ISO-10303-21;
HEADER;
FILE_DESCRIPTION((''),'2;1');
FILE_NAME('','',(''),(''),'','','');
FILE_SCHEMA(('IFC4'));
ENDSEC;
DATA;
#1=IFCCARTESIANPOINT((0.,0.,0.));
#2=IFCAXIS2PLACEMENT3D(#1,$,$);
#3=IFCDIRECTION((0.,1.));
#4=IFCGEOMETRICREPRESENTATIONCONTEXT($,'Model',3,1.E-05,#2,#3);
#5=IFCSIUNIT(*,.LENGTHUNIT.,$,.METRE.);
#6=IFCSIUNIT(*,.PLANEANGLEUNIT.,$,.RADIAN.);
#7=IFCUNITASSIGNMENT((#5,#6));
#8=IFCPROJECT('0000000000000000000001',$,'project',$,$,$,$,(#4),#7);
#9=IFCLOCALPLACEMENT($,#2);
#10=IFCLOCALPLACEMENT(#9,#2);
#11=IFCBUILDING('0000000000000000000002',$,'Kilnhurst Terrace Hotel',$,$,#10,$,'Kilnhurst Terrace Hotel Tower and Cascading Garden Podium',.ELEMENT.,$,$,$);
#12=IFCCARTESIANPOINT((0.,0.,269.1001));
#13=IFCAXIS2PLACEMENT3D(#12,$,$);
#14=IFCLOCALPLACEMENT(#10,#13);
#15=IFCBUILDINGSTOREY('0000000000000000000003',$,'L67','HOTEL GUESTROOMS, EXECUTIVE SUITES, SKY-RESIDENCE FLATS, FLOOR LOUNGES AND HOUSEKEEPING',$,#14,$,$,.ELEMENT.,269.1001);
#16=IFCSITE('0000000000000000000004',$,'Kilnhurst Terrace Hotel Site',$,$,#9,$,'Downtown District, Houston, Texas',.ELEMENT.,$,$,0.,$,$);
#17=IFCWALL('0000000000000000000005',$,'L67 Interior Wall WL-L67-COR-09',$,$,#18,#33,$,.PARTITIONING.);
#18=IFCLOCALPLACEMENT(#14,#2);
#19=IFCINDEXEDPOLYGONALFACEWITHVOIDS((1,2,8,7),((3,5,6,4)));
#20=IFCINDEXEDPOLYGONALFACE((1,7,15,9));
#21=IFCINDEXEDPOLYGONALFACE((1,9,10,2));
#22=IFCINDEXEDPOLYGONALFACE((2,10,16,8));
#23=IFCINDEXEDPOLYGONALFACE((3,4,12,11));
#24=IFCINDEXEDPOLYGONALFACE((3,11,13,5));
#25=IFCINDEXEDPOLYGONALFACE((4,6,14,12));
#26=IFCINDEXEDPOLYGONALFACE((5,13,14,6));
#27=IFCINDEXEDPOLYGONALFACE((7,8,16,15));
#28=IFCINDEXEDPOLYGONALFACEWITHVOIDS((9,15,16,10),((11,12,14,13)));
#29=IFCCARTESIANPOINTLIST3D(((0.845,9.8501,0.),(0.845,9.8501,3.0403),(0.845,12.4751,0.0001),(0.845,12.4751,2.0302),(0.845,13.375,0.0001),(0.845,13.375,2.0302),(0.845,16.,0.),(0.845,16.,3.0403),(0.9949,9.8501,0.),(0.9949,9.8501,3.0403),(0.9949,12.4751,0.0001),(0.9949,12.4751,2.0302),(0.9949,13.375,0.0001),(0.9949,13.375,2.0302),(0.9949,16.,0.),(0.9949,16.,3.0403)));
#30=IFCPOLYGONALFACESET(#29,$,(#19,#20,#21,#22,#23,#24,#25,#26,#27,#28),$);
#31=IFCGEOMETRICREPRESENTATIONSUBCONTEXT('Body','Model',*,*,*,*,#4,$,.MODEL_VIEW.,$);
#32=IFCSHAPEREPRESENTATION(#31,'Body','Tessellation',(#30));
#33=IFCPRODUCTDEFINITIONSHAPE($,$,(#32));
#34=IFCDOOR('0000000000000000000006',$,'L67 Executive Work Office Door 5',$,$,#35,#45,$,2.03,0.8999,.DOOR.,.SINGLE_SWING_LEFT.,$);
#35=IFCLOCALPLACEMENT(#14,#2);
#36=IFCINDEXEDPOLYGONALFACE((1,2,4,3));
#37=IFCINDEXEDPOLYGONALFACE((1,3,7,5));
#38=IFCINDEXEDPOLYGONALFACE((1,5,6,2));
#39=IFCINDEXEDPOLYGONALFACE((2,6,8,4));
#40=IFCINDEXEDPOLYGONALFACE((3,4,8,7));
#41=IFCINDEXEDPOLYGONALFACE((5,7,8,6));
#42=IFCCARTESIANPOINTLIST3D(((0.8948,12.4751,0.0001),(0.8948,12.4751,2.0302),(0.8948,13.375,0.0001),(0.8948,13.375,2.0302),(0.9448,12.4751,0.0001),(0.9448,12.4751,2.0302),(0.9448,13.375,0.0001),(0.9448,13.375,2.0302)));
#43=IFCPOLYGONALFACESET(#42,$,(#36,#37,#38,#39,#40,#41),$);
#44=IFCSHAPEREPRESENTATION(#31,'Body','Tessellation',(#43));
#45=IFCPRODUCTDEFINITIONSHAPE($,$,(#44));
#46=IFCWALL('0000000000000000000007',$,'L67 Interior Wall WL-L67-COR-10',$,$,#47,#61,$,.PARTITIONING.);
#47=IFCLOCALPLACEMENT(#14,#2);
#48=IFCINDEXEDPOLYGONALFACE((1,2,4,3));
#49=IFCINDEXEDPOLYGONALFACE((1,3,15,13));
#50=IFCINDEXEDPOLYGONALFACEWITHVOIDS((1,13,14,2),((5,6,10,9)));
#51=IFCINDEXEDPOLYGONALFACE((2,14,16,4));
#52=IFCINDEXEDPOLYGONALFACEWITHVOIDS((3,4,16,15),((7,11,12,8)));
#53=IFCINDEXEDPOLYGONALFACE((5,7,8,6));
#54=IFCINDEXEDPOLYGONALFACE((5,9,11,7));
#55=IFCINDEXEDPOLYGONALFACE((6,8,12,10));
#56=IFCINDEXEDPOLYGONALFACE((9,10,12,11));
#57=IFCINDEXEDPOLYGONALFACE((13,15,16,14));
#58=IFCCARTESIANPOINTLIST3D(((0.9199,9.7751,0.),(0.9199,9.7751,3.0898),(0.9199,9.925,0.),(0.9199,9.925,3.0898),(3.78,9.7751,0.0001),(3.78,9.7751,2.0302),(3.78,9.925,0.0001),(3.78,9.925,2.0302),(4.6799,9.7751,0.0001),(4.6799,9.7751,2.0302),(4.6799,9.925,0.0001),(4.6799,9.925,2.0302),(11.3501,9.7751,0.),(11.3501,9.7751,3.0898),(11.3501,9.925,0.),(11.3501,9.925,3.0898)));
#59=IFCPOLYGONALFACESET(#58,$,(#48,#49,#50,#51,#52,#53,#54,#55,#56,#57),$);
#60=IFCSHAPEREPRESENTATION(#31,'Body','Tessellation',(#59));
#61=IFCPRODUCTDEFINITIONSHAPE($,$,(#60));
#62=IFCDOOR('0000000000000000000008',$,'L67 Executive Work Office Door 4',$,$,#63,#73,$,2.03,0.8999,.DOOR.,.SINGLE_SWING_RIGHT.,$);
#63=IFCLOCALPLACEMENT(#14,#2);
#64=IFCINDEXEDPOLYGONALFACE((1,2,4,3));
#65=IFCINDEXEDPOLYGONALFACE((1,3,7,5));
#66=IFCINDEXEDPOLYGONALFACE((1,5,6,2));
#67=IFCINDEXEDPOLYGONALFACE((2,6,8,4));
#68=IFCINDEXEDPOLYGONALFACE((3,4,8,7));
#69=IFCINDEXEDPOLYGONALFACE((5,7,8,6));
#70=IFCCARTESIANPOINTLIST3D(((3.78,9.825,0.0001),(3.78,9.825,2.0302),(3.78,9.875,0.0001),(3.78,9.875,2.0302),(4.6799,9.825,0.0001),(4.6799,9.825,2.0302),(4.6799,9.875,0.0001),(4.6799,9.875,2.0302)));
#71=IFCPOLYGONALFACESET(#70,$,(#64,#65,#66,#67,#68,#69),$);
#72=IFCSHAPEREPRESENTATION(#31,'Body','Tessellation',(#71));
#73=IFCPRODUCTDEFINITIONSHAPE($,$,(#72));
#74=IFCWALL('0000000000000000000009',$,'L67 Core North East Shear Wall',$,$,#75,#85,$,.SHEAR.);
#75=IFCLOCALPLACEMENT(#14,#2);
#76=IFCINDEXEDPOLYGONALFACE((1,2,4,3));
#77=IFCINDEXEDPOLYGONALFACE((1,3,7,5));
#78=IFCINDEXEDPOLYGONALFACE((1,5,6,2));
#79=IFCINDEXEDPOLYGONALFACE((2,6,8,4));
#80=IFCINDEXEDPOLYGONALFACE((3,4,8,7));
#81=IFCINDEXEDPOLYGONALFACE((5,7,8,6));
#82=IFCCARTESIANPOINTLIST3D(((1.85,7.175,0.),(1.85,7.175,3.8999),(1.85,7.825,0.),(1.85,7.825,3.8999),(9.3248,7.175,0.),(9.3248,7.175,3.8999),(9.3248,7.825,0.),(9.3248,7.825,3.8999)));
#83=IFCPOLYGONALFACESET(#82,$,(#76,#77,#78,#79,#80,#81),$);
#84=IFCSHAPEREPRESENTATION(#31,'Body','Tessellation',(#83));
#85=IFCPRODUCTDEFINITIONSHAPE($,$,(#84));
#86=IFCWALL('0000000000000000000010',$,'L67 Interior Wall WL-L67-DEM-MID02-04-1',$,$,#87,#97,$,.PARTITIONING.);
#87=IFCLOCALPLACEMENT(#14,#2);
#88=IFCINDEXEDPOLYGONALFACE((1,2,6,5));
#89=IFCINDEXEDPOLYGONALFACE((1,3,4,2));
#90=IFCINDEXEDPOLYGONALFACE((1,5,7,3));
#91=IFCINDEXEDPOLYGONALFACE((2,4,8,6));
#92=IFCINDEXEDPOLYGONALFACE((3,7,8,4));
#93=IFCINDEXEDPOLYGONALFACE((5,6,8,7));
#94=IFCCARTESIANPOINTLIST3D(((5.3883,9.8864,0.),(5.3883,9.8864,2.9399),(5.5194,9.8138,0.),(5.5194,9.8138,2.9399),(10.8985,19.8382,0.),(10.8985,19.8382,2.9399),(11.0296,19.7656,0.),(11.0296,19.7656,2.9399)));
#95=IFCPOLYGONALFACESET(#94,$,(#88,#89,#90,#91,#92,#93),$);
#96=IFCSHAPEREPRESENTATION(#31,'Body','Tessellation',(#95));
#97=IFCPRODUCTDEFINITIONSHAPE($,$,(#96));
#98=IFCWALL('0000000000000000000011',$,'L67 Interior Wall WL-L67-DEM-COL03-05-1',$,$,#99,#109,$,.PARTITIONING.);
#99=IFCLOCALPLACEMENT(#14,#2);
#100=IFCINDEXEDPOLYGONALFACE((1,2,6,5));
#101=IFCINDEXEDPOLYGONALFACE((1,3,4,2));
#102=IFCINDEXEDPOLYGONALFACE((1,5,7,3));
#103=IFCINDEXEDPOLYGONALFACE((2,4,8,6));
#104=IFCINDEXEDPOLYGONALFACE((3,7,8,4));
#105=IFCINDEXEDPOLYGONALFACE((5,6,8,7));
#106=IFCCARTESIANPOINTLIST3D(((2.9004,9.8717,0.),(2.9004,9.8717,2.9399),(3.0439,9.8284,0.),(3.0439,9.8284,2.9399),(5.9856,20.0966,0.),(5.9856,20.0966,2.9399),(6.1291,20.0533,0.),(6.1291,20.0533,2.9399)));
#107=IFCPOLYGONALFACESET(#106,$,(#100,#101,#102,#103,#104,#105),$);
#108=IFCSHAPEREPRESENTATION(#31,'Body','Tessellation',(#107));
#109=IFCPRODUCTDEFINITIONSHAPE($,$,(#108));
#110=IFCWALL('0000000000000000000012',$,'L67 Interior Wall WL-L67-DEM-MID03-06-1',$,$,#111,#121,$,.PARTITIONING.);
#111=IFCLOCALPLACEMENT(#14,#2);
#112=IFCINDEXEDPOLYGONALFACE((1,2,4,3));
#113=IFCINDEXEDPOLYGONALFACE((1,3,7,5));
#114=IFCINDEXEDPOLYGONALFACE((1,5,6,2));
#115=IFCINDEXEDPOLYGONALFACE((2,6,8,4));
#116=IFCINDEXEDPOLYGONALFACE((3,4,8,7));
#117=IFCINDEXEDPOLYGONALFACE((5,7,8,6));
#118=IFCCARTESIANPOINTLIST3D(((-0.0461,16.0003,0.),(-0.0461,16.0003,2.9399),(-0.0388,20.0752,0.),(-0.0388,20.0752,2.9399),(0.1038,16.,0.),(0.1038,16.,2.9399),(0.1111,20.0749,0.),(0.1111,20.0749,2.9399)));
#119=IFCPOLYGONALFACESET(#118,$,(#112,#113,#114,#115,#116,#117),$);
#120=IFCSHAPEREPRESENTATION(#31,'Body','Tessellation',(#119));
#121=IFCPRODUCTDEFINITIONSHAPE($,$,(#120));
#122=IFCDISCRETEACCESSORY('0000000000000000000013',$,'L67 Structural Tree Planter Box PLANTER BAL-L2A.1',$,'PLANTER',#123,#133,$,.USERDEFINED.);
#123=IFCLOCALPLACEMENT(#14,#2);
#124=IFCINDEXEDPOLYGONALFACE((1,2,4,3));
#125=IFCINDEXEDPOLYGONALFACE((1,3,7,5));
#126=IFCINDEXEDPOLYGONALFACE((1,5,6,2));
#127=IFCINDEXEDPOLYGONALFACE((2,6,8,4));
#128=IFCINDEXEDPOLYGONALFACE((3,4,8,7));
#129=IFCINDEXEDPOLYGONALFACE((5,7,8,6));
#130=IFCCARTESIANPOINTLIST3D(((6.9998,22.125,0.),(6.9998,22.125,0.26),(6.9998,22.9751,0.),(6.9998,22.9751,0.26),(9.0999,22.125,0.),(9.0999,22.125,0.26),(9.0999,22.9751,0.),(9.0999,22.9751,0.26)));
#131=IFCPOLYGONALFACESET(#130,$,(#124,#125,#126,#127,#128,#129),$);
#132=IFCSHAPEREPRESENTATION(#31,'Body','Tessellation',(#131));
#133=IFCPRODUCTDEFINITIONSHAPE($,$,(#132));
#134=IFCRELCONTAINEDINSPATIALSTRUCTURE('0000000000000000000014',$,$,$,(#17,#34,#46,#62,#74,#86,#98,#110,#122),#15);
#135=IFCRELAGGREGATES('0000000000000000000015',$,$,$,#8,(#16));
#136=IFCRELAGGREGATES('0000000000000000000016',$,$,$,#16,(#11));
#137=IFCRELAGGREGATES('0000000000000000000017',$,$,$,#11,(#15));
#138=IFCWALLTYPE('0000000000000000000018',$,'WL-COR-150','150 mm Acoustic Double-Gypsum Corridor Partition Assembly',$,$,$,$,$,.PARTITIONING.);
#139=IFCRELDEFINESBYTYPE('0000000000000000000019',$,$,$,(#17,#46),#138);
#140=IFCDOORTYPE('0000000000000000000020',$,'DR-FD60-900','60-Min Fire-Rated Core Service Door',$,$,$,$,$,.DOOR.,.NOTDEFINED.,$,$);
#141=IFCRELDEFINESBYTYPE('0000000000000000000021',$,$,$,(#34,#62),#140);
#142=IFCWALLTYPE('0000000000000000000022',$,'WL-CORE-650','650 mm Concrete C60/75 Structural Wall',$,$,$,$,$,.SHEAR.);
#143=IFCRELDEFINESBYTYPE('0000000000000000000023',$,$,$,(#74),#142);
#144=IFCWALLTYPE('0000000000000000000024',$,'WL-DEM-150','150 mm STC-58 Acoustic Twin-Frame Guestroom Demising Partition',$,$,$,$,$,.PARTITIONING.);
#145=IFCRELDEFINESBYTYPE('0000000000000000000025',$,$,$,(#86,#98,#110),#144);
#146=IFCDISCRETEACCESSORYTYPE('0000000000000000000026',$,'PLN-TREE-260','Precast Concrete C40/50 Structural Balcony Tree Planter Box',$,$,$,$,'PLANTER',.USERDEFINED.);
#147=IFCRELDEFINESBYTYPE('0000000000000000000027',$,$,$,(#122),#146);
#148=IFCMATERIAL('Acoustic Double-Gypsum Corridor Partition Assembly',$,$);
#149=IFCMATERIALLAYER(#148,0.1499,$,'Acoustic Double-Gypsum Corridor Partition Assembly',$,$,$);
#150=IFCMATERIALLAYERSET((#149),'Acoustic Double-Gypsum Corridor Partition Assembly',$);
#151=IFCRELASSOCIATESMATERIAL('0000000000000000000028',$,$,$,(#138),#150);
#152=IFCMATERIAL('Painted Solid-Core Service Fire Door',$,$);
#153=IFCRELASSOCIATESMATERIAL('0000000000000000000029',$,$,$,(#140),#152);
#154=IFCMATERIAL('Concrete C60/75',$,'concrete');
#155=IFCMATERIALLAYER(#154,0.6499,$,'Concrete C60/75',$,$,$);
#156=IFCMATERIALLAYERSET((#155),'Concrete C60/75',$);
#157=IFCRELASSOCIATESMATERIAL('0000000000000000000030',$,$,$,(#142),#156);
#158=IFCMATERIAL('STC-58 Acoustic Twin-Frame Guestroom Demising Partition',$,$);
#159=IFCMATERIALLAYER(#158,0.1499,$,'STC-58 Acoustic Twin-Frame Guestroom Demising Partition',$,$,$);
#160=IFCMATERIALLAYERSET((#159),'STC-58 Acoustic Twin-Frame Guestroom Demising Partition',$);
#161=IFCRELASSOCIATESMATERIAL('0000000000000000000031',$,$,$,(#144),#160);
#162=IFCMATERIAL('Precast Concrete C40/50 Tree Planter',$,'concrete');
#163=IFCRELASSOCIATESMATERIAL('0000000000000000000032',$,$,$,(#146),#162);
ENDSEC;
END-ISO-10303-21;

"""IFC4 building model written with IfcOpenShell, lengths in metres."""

from ifc_helpers import new_model, si_unit, direction, frame, frame_2d, origin, origin_2d, place, context, subcontext, project, spatial, rectangle, extrude, material, layer, layer_set, type_object, element, fill, save


model = new_model("IFC4")

# Units and contexts
model_context = context("Model", 3, precision=1e-05, world=origin(), true_north=direction((0.0, 1.0)))
body_context = subcontext(model_context, "Body", "Model", "MODEL_VIEW")
ifc_project = project(units=[si_unit("LENGTHUNIT", "METRE"), si_unit("PLANEANGLEUNIT", "RADIAN")], contexts=[model_context])

# Site, building, storey
site_placement = place(None, origin())
site = spatial("IfcSite", under=ifc_project, at=site_placement, Name="Kilnhurst Terrace Hotel Site", LongName="Downtown District, Houston, Texas", CompositionType="ELEMENT", RefElevation=0.0)
building_placement = place(site_placement, origin())
building = spatial("IfcBuilding", under=site, at=building_placement, Name="Kilnhurst Terrace Hotel", LongName="Kilnhurst Terrace Hotel Tower and Cascading Garden Podium", CompositionType="ELEMENT")
storey_placement = place(building_placement, frame((0.0, 0.0, 269.1001)))
storey = spatial("IfcBuildingStorey", under=building, at=storey_placement, Name="L67", Description="HOTEL GUESTROOMS, EXECUTIVE SUITES, SKY-RESIDENCE FLATS, FLOOR LOUNGES AND HOUSEKEEPING", CompositionType="ELEMENT", Elevation=269.1001)

# Shared definitions
ifc_material_1 = material(Name="Concrete C60/75", Category="concrete")

# Walls, openings, doors
ifc_material_2 = material(Name="Acoustic Double-Gypsum Corridor Partition Assembly")
ifc_layer_1 = layer(ifc_material_2, 0.1499, Name="Acoustic Double-Gypsum Corridor Partition Assembly")
ifc_layer_set_1 = layer_set([ifc_layer_1], Name="Acoustic Double-Gypsum Corridor Partition Assembly")
wall_type_1 = type_object("IfcWallType", Name="WL-COR-150", Description="150 mm Acoustic Double-Gypsum Corridor Partition Assembly", PredefinedType="PARTITIONING", material=ifc_layer_set_1)
wall_1_placement = place(storey_placement, frame((0.9199, 16.0, 0.0), z_axis=(0.0, 0.0, 1.0), x_axis=(0.0, -1.0, 0.0)))
wall_1 = element("IfcWall", 1, at=wall_1_placement, inside=storey, type_object=wall_type_1, Name="L67 Interior Wall WL-L67-COR-09", PredefinedType="PARTITIONING", context=body_context, shape_type="SweptSolid", body=[
    extrude(rectangle(XDim=6.1499, YDim=0.1499, at=frame_2d((3.075, 0.0))), origin(), (0.0, 0.0, 1.0), 3.0403),
])
opening_1_placement = place(wall_1_placement, frame((2.625, 0.0, 0.0)))
opening_1 = element("IfcOpeningElement", 2, at=opening_1_placement, cuts=wall_1, PredefinedType="OPENING", context=body_context, shape_type="SweptSolid", body=[
    extrude(rectangle(XDim=0.8999, YDim=2.03, at=frame_2d((0.45, 1.0151))), frame((0.0, 0.085, 0.0), z_axis=(0.0, -1.0, 0.0), x_axis=(1.0, 0.0, 0.0)), (0.0, 0.0, 1.0), 0.1699),
])
ifc_material_3 = material(Name="Painted Solid-Core Service Fire Door")
door_type = type_object("IfcDoorType", Name="DR-FD60-900", Description="60-Min Fire-Rated Core Service Door", OperationType="NOTDEFINED", PredefinedType="DOOR", material=ifc_material_3)
door_1_placement = place(opening_1_placement, origin())
door_1 = element("IfcDoor", 3, at=door_1_placement, inside=storey, type_object=door_type, Name="L67 Executive Work Office Door 5", OperationType="SINGLE_SWING_LEFT", OverallHeight=2.03, OverallWidth=0.8999, PredefinedType="DOOR", context=body_context, shape_type="SweptSolid", body=[
    extrude(rectangle(XDim=0.8999, YDim=2.03, at=frame_2d((0.45, 1.0151))), frame((0.0, 0.0249, 0.0), z_axis=(0.0, -1.0, 0.0), x_axis=(1.0, 0.0, 0.0)), (0.0, 0.0, 1.0), 0.05),
])
fill(opening_1, door_1)
wall_2_placement = place(storey_placement, frame((0.9199, 9.8501, 0.0), z_axis=(0.0, 0.0, 1.0), x_axis=(1.0, 0.0, 0.0)))
wall_2 = element("IfcWall", 4, at=wall_2_placement, inside=storey, type_object=wall_type_1, Name="L67 Interior Wall WL-L67-COR-10", PredefinedType="PARTITIONING", context=body_context, shape_type="SweptSolid", body=[
    extrude(rectangle(XDim=10.4302, YDim=0.1499, at=frame_2d((5.2151, 0.0))), origin(), (0.0, 0.0, 1.0), 3.0898),
])
opening_2_placement = place(wall_2_placement, frame((2.8601, 0.0, 0.0)))
opening_2 = element("IfcOpeningElement", 5, at=opening_2_placement, cuts=wall_2, PredefinedType="OPENING", context=body_context, shape_type="SweptSolid", body=[
    extrude(rectangle(XDim=0.8999, YDim=2.03, at=frame_2d((0.45, 1.0151))), frame((0.0, 0.085, 0.0), z_axis=(0.0, -1.0, 0.0), x_axis=(1.0, 0.0, 0.0)), (0.0, 0.0, 1.0), 0.1699),
])
door_2_placement = place(opening_2_placement, origin())
door_2 = element("IfcDoor", 6, at=door_2_placement, inside=storey, type_object=door_type, Name="L67 Executive Work Office Door 4", OperationType="SINGLE_SWING_RIGHT", OverallHeight=2.03, OverallWidth=0.8999, PredefinedType="DOOR", context=body_context, shape_type="SweptSolid", body=[
    extrude(rectangle(XDim=0.8999, YDim=2.03, at=frame_2d((0.45, 1.0151))), frame((0.0, 0.0249, 0.0), z_axis=(0.0, -1.0, 0.0), x_axis=(1.0, 0.0, 0.0)), (0.0, 0.0, 1.0), 0.05),
])
fill(opening_2, door_2)

# Walls
ifc_layer_2 = layer(ifc_material_1, 0.6499, Name="Concrete C60/75")
ifc_layer_set_2 = layer_set([ifc_layer_2], Name="Concrete C60/75")
wall_type_2 = type_object("IfcWallType", Name="WL-CORE-650", Description="650 mm Concrete C60/75 Structural Wall", PredefinedType="SHEAR", material=ifc_layer_set_2)
wall_3_placement = place(storey_placement, frame((1.8501, 7.5, 0.0), z_axis=(0.0, 0.0, 1.0), x_axis=(1.0, 0.0, 0.0)))
element("IfcWall", 7, at=wall_3_placement, inside=storey, type_object=wall_type_2, Name="L67 Core North East Shear Wall", PredefinedType="SHEAR", context=body_context, shape_type="SweptSolid", body=[
    extrude(rectangle(XDim=7.4749, YDim=0.6499, at=frame_2d((3.7373, 0.0))), origin(), (0.0, 0.0, 1.0), 3.8999),
])
ifc_material_4 = material(Name="STC-58 Acoustic Twin-Frame Guestroom Demising Partition")
ifc_layer_3 = layer(ifc_material_4, 0.1499, Name="STC-58 Acoustic Twin-Frame Guestroom Demising Partition")
ifc_layer_set_3 = layer_set([ifc_layer_3], Name="STC-58 Acoustic Twin-Frame Guestroom Demising Partition")
wall_type_3 = type_object("IfcWallType", Name="WL-DEM-150", Description="150 mm STC-58 Acoustic Twin-Frame Guestroom Demising Partition", PredefinedType="PARTITIONING", material=ifc_layer_set_3)
wall_4_placement = place(storey_placement, frame((5.4539, 9.8501, 0.0), z_axis=(0.0, 0.0, 1.0), x_axis=(0.484394, 0.87485, 0.0)))
element("IfcWall", 8, at=wall_4_placement, inside=storey, type_object=wall_type_3, Name="L67 Interior Wall WL-L67-DEM-MID02-04-1", PredefinedType="PARTITIONING", context=body_context, shape_type="SweptSolid", body=[
    extrude(rectangle(XDim=11.3755, YDim=0.1499, at=frame_2d((5.6877, 0.0))), origin(), (0.0, 0.0, 1.0), 2.9399),
])
wall_5_placement = place(storey_placement, frame((2.9722, 9.8501, 0.0), z_axis=(0.0, 0.0, 1.0), x_axis=(0.288872, 0.957368, 0.0)))
element("IfcWall", 9, at=wall_5_placement, inside=storey, type_object=wall_type_3, Name="L67 Interior Wall WL-L67-DEM-COL03-05-1", PredefinedType="PARTITIONING", context=body_context, shape_type="SweptSolid", body=[
    extrude(rectangle(XDim=10.6802, YDim=0.1499, at=frame_2d((5.3401, 0.0))), origin(), (0.0, 0.0, 1.0), 2.9399),
])
wall_6_placement = place(storey_placement, frame((0.0288, 16.0, 0.0), z_axis=(0.0, 0.0, 1.0), x_axis=(0.001797, 0.999998, 0.0)))
element("IfcWall", 10, at=wall_6_placement, inside=storey, type_object=wall_type_3, Name="L67 Interior Wall WL-L67-DEM-MID03-06-1", PredefinedType="PARTITIONING", context=body_context, shape_type="SweptSolid", body=[
    extrude(rectangle(XDim=4.075, YDim=0.1499, at=frame_2d((2.0376, 0.0))), origin(), (0.0, 0.0, 1.0), 2.9399),
])

# Discrete accessory
ifc_material_5 = material(Name="Precast Concrete C40/50 Tree Planter", Category="concrete")
discrete_accessory_type = type_object("IfcDiscreteAccessoryType", Name="PLN-TREE-260", Description="Precast Concrete C40/50 Structural Balcony Tree Planter Box", ElementType="PLANTER", PredefinedType="USERDEFINED", material=ifc_material_5)
discrete_accessory_placement = place(storey_placement, frame((8.0498, 22.55, 0.0), z_axis=(0.0, 0.0, 1.0), x_axis=(-1.0, 0.0, 0.0)))
element("IfcDiscreteAccessory", 11, at=discrete_accessory_placement, inside=storey, type_object=discrete_accessory_type, Name="L67 Structural Tree Planter Box PLANTER BAL-L2A.1", ObjectType="PLANTER", PredefinedType="USERDEFINED", context=body_context, shape_type="SweptSolid", body=[
    extrude(rectangle(XDim=2.1001, YDim=0.8501, at=origin_2d()), origin(), (0.0, 0.0, 1.0), 0.26),
])

save(model, "model.ifc")
